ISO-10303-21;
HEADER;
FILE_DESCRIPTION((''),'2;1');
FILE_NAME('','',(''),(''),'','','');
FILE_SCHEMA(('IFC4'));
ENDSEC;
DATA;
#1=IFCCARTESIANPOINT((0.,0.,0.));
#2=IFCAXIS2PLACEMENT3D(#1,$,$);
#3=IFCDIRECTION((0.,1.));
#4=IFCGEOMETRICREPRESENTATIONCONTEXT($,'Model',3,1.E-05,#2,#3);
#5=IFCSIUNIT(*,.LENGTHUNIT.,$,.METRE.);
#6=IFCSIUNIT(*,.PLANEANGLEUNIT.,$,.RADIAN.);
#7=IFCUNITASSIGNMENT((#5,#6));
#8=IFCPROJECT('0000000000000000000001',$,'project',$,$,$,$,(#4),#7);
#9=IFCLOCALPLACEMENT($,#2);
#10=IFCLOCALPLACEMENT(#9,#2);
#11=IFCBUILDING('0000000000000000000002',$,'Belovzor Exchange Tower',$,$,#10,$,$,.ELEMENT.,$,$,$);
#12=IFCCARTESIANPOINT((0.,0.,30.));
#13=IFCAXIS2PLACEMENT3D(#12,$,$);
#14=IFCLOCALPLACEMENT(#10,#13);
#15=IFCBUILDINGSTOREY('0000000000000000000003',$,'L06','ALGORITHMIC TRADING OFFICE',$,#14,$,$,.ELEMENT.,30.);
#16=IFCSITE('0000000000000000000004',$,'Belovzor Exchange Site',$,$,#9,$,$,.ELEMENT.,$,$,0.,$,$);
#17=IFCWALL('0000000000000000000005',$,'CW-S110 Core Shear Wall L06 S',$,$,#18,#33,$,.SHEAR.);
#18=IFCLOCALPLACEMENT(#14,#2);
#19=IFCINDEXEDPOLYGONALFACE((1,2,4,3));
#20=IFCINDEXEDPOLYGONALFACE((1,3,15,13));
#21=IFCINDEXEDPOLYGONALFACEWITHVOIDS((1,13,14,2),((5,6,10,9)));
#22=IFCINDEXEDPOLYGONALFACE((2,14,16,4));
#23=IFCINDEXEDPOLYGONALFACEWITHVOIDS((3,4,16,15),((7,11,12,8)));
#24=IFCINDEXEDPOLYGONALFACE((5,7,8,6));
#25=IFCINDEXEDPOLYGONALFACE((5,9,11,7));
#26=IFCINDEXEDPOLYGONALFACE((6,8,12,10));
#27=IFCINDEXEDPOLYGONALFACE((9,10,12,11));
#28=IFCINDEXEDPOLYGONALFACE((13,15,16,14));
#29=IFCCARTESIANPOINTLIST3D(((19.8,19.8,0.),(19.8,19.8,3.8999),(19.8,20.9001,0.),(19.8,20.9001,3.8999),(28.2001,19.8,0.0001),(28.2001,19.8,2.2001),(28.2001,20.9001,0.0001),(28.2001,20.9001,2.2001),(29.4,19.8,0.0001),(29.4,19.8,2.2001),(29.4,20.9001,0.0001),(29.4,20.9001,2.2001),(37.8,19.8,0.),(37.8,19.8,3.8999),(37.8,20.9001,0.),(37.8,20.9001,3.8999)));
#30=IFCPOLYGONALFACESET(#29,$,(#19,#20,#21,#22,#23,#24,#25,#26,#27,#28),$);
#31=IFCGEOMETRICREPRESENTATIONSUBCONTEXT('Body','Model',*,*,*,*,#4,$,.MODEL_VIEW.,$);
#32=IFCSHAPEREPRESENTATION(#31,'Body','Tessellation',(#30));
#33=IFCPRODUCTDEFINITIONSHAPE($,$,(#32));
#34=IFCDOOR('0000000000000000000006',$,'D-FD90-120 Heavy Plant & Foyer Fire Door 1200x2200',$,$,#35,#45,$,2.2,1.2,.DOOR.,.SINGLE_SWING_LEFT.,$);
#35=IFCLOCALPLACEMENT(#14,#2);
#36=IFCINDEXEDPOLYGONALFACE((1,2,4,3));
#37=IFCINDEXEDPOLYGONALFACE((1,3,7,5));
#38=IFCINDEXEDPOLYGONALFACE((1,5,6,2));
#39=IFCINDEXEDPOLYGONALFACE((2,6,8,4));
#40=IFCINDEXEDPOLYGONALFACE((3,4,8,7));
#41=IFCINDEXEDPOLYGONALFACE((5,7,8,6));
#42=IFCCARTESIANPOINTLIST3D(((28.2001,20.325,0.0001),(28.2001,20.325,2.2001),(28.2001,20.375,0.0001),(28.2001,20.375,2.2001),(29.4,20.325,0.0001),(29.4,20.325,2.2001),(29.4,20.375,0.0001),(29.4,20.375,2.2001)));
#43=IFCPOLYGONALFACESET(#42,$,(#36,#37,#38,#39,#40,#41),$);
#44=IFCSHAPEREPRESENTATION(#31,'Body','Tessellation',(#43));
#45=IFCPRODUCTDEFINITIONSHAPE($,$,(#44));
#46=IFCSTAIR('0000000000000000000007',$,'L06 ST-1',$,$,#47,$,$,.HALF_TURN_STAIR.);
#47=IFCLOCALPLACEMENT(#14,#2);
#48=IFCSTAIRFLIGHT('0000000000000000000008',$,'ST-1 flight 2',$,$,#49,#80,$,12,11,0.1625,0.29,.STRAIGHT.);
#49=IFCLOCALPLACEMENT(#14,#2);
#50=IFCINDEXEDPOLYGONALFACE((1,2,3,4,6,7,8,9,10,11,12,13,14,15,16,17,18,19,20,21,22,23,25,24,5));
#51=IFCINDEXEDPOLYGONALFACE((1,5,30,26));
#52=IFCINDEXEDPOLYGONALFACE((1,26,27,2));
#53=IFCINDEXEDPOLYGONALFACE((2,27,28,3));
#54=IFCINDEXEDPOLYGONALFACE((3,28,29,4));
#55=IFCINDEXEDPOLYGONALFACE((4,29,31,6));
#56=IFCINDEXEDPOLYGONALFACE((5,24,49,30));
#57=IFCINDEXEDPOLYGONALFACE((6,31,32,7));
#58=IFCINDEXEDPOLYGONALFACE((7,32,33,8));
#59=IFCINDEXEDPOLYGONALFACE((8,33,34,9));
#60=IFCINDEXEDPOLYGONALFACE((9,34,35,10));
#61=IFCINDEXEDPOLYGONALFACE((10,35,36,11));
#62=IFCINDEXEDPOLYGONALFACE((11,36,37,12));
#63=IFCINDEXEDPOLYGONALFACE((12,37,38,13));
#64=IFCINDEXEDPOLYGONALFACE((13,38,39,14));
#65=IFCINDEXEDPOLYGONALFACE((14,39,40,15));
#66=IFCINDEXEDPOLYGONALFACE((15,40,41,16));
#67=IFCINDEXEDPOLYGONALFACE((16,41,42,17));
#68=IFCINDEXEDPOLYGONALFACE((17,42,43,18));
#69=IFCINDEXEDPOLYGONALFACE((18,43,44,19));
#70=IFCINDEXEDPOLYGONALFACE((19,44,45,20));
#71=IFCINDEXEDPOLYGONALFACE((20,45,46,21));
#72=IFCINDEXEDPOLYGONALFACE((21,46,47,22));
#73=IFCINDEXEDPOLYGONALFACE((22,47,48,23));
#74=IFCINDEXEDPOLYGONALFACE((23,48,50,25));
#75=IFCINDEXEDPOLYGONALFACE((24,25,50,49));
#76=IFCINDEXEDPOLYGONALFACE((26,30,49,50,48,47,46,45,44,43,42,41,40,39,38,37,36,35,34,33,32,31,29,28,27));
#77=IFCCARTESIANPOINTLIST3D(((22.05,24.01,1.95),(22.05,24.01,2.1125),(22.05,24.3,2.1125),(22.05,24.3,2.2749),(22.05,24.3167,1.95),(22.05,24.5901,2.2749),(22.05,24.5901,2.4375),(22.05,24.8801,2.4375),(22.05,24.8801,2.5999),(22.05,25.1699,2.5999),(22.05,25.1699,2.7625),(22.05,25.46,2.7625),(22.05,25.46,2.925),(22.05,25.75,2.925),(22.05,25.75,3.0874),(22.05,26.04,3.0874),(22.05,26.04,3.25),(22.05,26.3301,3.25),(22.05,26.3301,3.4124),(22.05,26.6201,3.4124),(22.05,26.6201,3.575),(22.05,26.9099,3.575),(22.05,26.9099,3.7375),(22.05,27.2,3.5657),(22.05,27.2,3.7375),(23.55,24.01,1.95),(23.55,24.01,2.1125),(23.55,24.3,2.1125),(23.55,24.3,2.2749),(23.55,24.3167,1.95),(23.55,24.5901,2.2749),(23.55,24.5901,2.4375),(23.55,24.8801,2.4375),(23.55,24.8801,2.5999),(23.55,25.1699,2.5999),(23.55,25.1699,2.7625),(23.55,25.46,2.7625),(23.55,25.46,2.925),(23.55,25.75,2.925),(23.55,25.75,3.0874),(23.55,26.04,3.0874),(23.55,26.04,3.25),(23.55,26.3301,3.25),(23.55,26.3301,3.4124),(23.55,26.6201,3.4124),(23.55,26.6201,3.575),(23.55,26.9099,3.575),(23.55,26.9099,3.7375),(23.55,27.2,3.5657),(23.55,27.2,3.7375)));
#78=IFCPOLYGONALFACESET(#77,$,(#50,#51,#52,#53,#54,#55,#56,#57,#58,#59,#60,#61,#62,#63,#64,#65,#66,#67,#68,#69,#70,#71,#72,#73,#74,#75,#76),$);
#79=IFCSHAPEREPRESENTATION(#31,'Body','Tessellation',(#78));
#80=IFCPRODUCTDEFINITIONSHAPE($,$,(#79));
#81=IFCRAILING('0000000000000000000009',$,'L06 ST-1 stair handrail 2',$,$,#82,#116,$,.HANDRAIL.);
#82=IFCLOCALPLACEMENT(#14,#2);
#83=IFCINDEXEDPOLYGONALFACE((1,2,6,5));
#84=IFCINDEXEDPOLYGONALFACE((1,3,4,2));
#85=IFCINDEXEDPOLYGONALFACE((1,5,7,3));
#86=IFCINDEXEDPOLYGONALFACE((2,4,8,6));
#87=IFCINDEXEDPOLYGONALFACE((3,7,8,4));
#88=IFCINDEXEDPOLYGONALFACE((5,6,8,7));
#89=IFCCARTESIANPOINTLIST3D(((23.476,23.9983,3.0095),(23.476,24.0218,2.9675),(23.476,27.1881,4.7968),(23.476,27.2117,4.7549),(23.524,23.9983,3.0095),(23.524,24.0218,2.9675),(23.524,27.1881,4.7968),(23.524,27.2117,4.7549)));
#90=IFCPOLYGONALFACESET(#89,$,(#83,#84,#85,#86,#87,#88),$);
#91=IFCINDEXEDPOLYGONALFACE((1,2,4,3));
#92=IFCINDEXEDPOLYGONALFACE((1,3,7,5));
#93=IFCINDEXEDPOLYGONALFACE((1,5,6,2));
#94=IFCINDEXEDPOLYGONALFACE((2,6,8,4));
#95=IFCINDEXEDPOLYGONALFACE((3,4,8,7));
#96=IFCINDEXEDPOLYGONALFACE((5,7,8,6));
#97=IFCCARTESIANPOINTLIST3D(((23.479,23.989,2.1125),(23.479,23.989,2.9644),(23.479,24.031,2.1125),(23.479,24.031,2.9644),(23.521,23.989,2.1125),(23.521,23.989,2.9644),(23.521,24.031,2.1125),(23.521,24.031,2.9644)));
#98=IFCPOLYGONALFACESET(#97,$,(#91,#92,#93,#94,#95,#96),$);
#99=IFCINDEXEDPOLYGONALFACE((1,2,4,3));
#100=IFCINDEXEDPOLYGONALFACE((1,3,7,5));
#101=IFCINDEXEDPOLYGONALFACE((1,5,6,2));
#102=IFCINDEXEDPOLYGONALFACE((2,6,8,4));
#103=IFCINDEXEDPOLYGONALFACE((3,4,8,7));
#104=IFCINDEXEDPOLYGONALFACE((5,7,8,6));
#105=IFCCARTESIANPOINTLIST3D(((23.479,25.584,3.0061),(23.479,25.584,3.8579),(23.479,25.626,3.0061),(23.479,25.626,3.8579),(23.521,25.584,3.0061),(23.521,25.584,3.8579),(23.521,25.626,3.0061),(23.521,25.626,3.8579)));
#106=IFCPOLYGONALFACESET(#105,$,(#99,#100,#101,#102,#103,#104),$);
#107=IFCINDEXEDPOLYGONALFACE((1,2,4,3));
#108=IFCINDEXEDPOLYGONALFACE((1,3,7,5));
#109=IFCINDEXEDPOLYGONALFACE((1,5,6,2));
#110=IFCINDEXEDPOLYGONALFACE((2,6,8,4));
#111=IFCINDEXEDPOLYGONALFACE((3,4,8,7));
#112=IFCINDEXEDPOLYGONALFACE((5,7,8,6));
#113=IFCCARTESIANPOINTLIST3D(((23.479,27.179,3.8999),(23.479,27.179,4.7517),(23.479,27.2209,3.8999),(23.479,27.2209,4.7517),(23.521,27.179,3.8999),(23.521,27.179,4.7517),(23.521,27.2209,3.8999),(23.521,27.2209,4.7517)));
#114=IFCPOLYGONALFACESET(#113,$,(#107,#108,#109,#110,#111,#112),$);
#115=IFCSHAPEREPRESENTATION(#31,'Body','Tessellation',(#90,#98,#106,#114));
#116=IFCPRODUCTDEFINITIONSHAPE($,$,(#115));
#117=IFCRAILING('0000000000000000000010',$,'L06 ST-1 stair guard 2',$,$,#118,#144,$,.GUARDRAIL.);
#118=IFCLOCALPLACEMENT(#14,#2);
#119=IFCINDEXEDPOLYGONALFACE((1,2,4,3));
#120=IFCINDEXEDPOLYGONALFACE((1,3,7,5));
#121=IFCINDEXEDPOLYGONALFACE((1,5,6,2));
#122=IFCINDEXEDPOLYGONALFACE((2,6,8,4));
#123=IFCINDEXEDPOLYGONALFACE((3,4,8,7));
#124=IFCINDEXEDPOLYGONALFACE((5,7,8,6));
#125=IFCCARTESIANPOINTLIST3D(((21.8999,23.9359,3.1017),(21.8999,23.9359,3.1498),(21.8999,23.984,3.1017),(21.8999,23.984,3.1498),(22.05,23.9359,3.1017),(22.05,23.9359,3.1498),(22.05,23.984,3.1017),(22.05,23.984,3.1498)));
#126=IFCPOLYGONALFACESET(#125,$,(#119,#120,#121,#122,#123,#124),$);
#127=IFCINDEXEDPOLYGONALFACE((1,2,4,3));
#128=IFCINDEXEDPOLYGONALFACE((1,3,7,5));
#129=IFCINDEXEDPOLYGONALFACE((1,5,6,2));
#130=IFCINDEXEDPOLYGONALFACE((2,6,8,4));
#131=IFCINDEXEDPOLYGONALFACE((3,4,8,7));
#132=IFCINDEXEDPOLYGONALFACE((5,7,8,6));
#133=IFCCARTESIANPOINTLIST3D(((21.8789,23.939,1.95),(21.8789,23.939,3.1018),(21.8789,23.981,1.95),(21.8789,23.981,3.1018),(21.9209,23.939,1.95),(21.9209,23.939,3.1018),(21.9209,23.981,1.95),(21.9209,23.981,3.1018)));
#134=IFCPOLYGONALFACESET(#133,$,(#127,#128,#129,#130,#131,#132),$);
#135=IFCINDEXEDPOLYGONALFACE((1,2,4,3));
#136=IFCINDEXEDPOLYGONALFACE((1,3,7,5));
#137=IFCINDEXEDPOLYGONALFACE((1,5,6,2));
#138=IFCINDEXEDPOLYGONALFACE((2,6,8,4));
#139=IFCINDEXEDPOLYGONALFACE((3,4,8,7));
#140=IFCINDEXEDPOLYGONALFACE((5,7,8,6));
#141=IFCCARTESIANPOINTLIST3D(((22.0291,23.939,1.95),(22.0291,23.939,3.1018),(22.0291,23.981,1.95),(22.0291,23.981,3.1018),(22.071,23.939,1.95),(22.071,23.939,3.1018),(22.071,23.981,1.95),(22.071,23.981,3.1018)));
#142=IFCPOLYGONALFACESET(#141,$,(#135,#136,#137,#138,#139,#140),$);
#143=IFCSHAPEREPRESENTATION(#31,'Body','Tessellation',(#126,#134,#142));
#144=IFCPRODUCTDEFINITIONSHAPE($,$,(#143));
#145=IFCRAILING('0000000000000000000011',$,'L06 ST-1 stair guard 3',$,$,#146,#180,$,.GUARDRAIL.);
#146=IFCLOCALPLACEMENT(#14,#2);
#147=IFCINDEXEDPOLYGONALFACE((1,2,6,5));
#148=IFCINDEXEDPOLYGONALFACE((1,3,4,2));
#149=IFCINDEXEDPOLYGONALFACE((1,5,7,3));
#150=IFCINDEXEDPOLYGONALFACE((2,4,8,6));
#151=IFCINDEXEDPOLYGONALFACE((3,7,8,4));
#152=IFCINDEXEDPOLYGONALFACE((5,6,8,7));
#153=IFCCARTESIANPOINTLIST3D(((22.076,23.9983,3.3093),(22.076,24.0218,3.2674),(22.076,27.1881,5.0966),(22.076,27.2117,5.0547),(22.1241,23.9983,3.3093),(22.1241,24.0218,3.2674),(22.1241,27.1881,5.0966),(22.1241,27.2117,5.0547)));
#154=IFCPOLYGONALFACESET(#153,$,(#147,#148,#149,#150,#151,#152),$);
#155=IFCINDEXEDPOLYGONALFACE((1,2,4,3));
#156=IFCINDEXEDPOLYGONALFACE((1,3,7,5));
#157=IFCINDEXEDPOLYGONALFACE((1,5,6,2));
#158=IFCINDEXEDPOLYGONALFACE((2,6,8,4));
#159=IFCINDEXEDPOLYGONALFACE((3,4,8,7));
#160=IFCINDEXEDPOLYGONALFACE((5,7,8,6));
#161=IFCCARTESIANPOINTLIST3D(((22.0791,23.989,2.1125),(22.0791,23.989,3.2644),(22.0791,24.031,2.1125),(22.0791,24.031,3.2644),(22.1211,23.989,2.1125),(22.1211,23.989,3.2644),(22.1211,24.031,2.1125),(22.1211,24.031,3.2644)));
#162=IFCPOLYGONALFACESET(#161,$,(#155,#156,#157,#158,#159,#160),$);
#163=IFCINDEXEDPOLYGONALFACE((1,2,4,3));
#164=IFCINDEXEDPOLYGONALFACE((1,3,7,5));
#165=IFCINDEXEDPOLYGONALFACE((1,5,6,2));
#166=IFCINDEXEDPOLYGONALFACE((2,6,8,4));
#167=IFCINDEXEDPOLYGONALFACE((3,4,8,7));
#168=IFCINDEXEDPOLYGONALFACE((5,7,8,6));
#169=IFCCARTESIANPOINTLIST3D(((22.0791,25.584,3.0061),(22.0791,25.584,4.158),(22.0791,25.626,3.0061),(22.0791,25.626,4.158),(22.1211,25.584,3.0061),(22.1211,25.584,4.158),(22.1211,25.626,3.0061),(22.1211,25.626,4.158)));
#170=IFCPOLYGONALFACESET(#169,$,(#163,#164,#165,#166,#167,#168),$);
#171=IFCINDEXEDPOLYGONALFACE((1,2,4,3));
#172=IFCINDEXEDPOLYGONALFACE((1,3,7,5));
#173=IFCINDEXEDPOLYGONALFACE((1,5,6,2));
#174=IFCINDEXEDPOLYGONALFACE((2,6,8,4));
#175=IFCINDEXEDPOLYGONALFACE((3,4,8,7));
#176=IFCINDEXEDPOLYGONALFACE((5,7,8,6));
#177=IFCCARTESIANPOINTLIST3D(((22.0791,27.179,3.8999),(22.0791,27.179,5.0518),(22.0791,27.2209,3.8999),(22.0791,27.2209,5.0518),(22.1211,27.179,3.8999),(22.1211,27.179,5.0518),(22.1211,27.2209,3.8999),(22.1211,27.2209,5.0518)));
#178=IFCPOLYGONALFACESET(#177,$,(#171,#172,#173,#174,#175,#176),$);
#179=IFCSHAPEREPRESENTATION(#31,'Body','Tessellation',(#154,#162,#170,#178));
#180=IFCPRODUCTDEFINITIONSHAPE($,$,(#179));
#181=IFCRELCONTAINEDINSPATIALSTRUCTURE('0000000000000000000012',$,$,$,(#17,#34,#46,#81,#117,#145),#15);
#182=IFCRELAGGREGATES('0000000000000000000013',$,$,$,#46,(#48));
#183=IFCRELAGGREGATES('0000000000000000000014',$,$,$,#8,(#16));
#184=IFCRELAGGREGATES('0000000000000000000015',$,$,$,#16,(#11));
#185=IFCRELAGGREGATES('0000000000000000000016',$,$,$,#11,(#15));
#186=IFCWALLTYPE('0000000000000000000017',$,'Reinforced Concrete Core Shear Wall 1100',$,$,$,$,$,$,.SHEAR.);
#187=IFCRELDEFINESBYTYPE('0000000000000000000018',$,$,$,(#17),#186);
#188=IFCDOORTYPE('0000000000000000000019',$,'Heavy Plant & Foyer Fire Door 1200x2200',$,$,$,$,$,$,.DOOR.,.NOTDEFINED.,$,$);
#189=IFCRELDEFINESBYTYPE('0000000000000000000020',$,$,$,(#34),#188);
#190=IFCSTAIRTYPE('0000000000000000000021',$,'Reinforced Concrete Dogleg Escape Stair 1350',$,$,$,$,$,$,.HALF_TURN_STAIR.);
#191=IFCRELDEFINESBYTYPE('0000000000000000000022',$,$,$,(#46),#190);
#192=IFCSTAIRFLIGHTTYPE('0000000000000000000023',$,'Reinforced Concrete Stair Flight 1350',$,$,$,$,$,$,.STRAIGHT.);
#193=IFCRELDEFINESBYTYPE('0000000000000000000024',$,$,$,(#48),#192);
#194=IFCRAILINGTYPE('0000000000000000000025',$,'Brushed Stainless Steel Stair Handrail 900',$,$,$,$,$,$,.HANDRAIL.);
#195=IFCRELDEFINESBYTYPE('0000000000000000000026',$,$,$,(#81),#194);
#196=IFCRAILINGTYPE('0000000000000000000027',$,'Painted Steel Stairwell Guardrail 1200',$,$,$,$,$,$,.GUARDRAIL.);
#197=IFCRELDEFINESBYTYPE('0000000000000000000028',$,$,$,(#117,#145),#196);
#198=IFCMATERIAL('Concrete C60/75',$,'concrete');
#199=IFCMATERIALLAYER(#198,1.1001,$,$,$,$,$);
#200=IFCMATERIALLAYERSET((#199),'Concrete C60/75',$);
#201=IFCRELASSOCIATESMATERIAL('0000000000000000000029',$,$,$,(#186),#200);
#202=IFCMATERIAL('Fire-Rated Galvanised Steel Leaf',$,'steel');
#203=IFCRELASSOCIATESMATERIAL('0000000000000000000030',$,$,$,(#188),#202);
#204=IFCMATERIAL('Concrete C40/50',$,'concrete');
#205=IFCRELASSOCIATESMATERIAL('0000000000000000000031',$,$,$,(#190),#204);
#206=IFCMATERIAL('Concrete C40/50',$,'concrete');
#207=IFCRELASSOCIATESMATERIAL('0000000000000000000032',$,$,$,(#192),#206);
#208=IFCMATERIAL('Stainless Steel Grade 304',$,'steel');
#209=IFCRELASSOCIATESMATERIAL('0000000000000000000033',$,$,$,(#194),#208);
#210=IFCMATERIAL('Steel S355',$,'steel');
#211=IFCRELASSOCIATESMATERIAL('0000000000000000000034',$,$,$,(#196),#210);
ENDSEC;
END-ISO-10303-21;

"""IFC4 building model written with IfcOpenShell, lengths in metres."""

from ifc_helpers import new_model, si_unit, direction, frame, frame_2d, origin, origin_2d, place, context, subcontext, project, spatial, polyline, rectangle, outline, extrude, material, layer, layer_set, type_object, element, fill, aggregate, save


model = new_model("IFC4")

# Units and contexts
model_context = context("Model", 3, precision=1e-05, world=origin(), true_north=direction((0.0, 1.0)))
body_context = subcontext(model_context, "Body", "Model", "MODEL_VIEW")
ifc_project = project(units=[si_unit("LENGTHUNIT", "METRE"), si_unit("PLANEANGLEUNIT", "RADIAN")], contexts=[model_context])

# Site, building, storey
site_placement = place(None, origin())
site = spatial("IfcSite", under=ifc_project, at=site_placement, Name="Belovzor Exchange Site", CompositionType="ELEMENT", RefElevation=0.0)
building_placement = place(site_placement, origin())
building = spatial("IfcBuilding", under=site, at=building_placement, Name="Belovzor Exchange Tower", CompositionType="ELEMENT")
storey_placement = place(building_placement, frame((0.0, 0.0, 30.0)))
storey = spatial("IfcBuildingStorey", under=building, at=storey_placement, Name="L06", Description="ALGORITHMIC TRADING OFFICE", CompositionType="ELEMENT", Elevation=30.0)

# Wall, opening, door
ifc_material_1 = material(Name="Concrete C60/75", Category="concrete")
ifc_layer_1 = layer(ifc_material_1, 1.1001)
ifc_layer_set_1 = layer_set([ifc_layer_1], Name="Concrete C60/75")
wall_type_1 = type_object("IfcWallType", Name="Reinforced Concrete Core Shear Wall 1100", PredefinedType="SHEAR", material=ifc_layer_set_1)
wall_1_placement = place(storey_placement, frame((19.8, 20.3501, 0.0), z_axis=(0.0, 0.0, 1.0), x_axis=(1.0, 0.0, 0.0)))
wall_1 = element("IfcWall", 1, at=wall_1_placement, inside=storey, type_object=wall_type_1, Name="CW-S110 Core Shear Wall L06 S", PredefinedType="SHEAR", context=body_context, shape_type="SweptSolid", body=[
    extrude(rectangle(XDim=18.0, YDim=1.1001, at=frame_2d((9.0, 0.0))), origin(), (0.0, 0.0, 1.0), 3.8999),
])
opening_1_placement = place(wall_1_placement, frame((8.3999, 0.0, 0.0)))
opening_1 = element("IfcOpeningElement", 2, at=opening_1_placement, cuts=wall_1, PredefinedType="OPENING", context=body_context, shape_type="SweptSolid", body=[
    extrude(rectangle(XDim=1.2, YDim=2.2, at=frame_2d((0.6001, 1.1001))), frame((0.0, 0.5601, 0.0), z_axis=(0.0, -1.0, 0.0), x_axis=(1.0, 0.0, 0.0)), (0.0, 0.0, 1.0), 1.1201),
])
ifc_material_2 = material(Name="Fire-Rated Galvanised Steel Leaf", Category="steel")
door_type_1 = type_object("IfcDoorType", Name="Heavy Plant & Foyer Fire Door 1200x2200", OperationType="NOTDEFINED", PredefinedType="DOOR", material=ifc_material_2)
door_1_placement = place(opening_1_placement, origin())
door_1 = element("IfcDoor", 3, at=door_1_placement, inside=storey, type_object=door_type_1, Name="D-FD90-120 Heavy Plant & Foyer Fire Door 1200x2200", OperationType="SINGLE_SWING_LEFT", OverallHeight=2.2, OverallWidth=1.2, PredefinedType="DOOR", context=body_context, shape_type="SweptSolid", body=[
    extrude(rectangle(XDim=1.2, YDim=2.2, at=frame_2d((0.6001, 1.1001))), frame((0.0, 0.0249, 0.0), z_axis=(0.0, -1.0, 0.0), x_axis=(1.0, 0.0, 0.0)), (0.0, 0.0, 1.0), 0.05),
])
fill(opening_1, door_1)

# Stair, stair flight
ifc_material_3 = material(Name="Concrete C40/50", Category="concrete")
stair_type = type_object("IfcStairType", Name="Reinforced Concrete Dogleg Escape Stair 1350", PredefinedType="HALF_TURN_STAIR", material=ifc_material_3)
stair_placement = place(storey_placement, origin())
stair = element("IfcStair", 4, at=stair_placement, inside=storey, type_object=stair_type, Name="L06 ST-1", PredefinedType="HALF_TURN_STAIR")
ifc_material_4 = material(Name="Concrete C40/50", Category="concrete")
stair_flight_type = type_object("IfcStairFlightType", Name="Reinforced Concrete Stair Flight 1350", PredefinedType="STRAIGHT", material=ifc_material_4)
stair_flight_placement = place(storey_placement, frame((22.8, 24.01, 1.95), z_axis=(0.0, 0.0, 1.0), x_axis=(0.0, 1.0, 0.0)))
stair_flight = element("IfcStairFlight", 5, at=stair_flight_placement, type_object=stair_flight_type, Name="ST-1 flight 2", NumberOfRisers=12, NumberOfTreads=11, PredefinedType="STRAIGHT", RiserHeight=0.1625, TreadLength=0.29, context=body_context, shape_type="SweptSolid", body=[
    extrude(outline(polyline([(0.0, 0.0), (0.0, 0.1626), (0.29, 0.1626), (0.29, 0.325), (0.5801, 0.325), (0.5801, 0.4875), (0.8701, 0.4875), (0.8701, 0.6499), (1.1599, 0.6499), (1.1599, 0.8125), (1.45, 0.8125), (1.45, 0.9751), (1.74, 0.9751), (1.74, 1.1375), (2.03, 1.1375), (2.03, 1.3), (2.3201, 1.3), (2.3201, 1.4624), (2.6101, 1.4624), (2.6101, 1.625), (2.8999, 1.625), (2.8999, 1.7876), (3.1899, 1.7876), (3.1899, 1.95), (3.1899, 1.6157), (0.3066, 0.0), (0.0, 0.0)])), frame((0.0, 0.75, 0.0), z_axis=(0.0, -1.0, 0.0), x_axis=(1.0, 0.0, 0.0)), (0.0, 0.0, 1.0), 1.5),
])
aggregate(stair, [stair_flight])

# Railings
ifc_material_5 = material(Name="Stainless Steel Grade 304", Category="steel")
railing_type_1 = type_object("IfcRailingType", Name="Brushed Stainless Steel Stair Handrail 900", PredefinedType="HANDRAIL", material=ifc_material_5)
railing_1_placement = place(storey_placement, frame((23.5, 24.01, 2.1125)))
element("IfcRailing", 6, at=railing_1_placement, inside=storey, type_object=railing_type_1, Name="L06 ST-1 stair handrail 2", PredefinedType="HANDRAIL", context=body_context, shape_type="SweptSolid", body=[
    extrude(rectangle(XDim=0.0481, YDim=0.0481, at=origin_2d()), frame((0.0, 0.0, 0.876), z_axis=(0.0, 0.872391, 0.488809), x_axis=(-1.0, 0.0, 0.0)), (0.0, 0.0, 1.0), 3.6565),
    extrude(rectangle(XDim=0.042, YDim=0.042, at=origin_2d()), origin(), (0.0, 0.0, 1.0), 0.8518),
    extrude(rectangle(XDim=0.042, YDim=0.042, at=origin_2d()), frame((0.0, 1.595, 0.8936)), (0.0, 0.0, 1.0), 0.8518),
    extrude(rectangle(XDim=0.042, YDim=0.042, at=origin_2d()), frame((0.0, 3.1899, 1.7874)), (0.0, 0.0, 1.0), 0.8518),
])
ifc_material_6 = material(Name="Steel S355", Category="steel")
railing_type_2 = type_object("IfcRailingType", Name="Painted Steel Stairwell Guardrail 1200", PredefinedType="GUARDRAIL", material=ifc_material_6)
railing_2_placement = place(storey_placement, frame((21.8999, 23.96, 1.95)))
element("IfcRailing", 7, at=railing_2_placement, inside=storey, type_object=railing_type_2, Name="L06 ST-1 stair guard 2", PredefinedType="GUARDRAIL", context=body_context, shape_type="SweptSolid", body=[
    extrude(rectangle(XDim=0.0481, YDim=0.0481, at=origin_2d()), frame((0.0, 0.0, 1.1758), z_axis=(1.0, 0.0, 0.0), x_axis=(0.0, 1.0, 0.0)), (0.0, 0.0, 1.0), 0.1501),
    extrude(rectangle(XDim=0.042, YDim=0.042, at=origin_2d()), origin(), (0.0, 0.0, 1.0), 1.1519),
    extrude(rectangle(XDim=0.042, YDim=0.042, at=origin_2d()), frame((0.1501, 0.0, 0.0)), (0.0, 0.0, 1.0), 1.1519),
])
railing_3_placement = place(storey_placement, frame((22.1001, 24.01, 2.1125)))
element("IfcRailing", 8, at=railing_3_placement, inside=storey, type_object=railing_type_2, Name="L06 ST-1 stair guard 3", PredefinedType="GUARDRAIL", context=body_context, shape_type="SweptSolid", body=[
    extrude(rectangle(XDim=0.0481, YDim=0.0481, at=origin_2d()), frame((0.0, 0.0, 1.1758), z_axis=(0.0, 0.872391, 0.488809), x_axis=(-1.0, 0.0, 0.0)), (0.0, 0.0, 1.0), 3.6565),
    extrude(rectangle(XDim=0.042, YDim=0.042, at=origin_2d()), origin(), (0.0, 0.0, 1.0), 1.1519),
    extrude(rectangle(XDim=0.042, YDim=0.042, at=origin_2d()), frame((0.0, 1.595, 0.8936)), (0.0, 0.0, 1.0), 1.1519),
    extrude(rectangle(XDim=0.042, YDim=0.042, at=origin_2d()), frame((0.0, 3.1899, 1.7874)), (0.0, 0.0, 1.0), 1.1519),
])

save(model, "model.ifc")
